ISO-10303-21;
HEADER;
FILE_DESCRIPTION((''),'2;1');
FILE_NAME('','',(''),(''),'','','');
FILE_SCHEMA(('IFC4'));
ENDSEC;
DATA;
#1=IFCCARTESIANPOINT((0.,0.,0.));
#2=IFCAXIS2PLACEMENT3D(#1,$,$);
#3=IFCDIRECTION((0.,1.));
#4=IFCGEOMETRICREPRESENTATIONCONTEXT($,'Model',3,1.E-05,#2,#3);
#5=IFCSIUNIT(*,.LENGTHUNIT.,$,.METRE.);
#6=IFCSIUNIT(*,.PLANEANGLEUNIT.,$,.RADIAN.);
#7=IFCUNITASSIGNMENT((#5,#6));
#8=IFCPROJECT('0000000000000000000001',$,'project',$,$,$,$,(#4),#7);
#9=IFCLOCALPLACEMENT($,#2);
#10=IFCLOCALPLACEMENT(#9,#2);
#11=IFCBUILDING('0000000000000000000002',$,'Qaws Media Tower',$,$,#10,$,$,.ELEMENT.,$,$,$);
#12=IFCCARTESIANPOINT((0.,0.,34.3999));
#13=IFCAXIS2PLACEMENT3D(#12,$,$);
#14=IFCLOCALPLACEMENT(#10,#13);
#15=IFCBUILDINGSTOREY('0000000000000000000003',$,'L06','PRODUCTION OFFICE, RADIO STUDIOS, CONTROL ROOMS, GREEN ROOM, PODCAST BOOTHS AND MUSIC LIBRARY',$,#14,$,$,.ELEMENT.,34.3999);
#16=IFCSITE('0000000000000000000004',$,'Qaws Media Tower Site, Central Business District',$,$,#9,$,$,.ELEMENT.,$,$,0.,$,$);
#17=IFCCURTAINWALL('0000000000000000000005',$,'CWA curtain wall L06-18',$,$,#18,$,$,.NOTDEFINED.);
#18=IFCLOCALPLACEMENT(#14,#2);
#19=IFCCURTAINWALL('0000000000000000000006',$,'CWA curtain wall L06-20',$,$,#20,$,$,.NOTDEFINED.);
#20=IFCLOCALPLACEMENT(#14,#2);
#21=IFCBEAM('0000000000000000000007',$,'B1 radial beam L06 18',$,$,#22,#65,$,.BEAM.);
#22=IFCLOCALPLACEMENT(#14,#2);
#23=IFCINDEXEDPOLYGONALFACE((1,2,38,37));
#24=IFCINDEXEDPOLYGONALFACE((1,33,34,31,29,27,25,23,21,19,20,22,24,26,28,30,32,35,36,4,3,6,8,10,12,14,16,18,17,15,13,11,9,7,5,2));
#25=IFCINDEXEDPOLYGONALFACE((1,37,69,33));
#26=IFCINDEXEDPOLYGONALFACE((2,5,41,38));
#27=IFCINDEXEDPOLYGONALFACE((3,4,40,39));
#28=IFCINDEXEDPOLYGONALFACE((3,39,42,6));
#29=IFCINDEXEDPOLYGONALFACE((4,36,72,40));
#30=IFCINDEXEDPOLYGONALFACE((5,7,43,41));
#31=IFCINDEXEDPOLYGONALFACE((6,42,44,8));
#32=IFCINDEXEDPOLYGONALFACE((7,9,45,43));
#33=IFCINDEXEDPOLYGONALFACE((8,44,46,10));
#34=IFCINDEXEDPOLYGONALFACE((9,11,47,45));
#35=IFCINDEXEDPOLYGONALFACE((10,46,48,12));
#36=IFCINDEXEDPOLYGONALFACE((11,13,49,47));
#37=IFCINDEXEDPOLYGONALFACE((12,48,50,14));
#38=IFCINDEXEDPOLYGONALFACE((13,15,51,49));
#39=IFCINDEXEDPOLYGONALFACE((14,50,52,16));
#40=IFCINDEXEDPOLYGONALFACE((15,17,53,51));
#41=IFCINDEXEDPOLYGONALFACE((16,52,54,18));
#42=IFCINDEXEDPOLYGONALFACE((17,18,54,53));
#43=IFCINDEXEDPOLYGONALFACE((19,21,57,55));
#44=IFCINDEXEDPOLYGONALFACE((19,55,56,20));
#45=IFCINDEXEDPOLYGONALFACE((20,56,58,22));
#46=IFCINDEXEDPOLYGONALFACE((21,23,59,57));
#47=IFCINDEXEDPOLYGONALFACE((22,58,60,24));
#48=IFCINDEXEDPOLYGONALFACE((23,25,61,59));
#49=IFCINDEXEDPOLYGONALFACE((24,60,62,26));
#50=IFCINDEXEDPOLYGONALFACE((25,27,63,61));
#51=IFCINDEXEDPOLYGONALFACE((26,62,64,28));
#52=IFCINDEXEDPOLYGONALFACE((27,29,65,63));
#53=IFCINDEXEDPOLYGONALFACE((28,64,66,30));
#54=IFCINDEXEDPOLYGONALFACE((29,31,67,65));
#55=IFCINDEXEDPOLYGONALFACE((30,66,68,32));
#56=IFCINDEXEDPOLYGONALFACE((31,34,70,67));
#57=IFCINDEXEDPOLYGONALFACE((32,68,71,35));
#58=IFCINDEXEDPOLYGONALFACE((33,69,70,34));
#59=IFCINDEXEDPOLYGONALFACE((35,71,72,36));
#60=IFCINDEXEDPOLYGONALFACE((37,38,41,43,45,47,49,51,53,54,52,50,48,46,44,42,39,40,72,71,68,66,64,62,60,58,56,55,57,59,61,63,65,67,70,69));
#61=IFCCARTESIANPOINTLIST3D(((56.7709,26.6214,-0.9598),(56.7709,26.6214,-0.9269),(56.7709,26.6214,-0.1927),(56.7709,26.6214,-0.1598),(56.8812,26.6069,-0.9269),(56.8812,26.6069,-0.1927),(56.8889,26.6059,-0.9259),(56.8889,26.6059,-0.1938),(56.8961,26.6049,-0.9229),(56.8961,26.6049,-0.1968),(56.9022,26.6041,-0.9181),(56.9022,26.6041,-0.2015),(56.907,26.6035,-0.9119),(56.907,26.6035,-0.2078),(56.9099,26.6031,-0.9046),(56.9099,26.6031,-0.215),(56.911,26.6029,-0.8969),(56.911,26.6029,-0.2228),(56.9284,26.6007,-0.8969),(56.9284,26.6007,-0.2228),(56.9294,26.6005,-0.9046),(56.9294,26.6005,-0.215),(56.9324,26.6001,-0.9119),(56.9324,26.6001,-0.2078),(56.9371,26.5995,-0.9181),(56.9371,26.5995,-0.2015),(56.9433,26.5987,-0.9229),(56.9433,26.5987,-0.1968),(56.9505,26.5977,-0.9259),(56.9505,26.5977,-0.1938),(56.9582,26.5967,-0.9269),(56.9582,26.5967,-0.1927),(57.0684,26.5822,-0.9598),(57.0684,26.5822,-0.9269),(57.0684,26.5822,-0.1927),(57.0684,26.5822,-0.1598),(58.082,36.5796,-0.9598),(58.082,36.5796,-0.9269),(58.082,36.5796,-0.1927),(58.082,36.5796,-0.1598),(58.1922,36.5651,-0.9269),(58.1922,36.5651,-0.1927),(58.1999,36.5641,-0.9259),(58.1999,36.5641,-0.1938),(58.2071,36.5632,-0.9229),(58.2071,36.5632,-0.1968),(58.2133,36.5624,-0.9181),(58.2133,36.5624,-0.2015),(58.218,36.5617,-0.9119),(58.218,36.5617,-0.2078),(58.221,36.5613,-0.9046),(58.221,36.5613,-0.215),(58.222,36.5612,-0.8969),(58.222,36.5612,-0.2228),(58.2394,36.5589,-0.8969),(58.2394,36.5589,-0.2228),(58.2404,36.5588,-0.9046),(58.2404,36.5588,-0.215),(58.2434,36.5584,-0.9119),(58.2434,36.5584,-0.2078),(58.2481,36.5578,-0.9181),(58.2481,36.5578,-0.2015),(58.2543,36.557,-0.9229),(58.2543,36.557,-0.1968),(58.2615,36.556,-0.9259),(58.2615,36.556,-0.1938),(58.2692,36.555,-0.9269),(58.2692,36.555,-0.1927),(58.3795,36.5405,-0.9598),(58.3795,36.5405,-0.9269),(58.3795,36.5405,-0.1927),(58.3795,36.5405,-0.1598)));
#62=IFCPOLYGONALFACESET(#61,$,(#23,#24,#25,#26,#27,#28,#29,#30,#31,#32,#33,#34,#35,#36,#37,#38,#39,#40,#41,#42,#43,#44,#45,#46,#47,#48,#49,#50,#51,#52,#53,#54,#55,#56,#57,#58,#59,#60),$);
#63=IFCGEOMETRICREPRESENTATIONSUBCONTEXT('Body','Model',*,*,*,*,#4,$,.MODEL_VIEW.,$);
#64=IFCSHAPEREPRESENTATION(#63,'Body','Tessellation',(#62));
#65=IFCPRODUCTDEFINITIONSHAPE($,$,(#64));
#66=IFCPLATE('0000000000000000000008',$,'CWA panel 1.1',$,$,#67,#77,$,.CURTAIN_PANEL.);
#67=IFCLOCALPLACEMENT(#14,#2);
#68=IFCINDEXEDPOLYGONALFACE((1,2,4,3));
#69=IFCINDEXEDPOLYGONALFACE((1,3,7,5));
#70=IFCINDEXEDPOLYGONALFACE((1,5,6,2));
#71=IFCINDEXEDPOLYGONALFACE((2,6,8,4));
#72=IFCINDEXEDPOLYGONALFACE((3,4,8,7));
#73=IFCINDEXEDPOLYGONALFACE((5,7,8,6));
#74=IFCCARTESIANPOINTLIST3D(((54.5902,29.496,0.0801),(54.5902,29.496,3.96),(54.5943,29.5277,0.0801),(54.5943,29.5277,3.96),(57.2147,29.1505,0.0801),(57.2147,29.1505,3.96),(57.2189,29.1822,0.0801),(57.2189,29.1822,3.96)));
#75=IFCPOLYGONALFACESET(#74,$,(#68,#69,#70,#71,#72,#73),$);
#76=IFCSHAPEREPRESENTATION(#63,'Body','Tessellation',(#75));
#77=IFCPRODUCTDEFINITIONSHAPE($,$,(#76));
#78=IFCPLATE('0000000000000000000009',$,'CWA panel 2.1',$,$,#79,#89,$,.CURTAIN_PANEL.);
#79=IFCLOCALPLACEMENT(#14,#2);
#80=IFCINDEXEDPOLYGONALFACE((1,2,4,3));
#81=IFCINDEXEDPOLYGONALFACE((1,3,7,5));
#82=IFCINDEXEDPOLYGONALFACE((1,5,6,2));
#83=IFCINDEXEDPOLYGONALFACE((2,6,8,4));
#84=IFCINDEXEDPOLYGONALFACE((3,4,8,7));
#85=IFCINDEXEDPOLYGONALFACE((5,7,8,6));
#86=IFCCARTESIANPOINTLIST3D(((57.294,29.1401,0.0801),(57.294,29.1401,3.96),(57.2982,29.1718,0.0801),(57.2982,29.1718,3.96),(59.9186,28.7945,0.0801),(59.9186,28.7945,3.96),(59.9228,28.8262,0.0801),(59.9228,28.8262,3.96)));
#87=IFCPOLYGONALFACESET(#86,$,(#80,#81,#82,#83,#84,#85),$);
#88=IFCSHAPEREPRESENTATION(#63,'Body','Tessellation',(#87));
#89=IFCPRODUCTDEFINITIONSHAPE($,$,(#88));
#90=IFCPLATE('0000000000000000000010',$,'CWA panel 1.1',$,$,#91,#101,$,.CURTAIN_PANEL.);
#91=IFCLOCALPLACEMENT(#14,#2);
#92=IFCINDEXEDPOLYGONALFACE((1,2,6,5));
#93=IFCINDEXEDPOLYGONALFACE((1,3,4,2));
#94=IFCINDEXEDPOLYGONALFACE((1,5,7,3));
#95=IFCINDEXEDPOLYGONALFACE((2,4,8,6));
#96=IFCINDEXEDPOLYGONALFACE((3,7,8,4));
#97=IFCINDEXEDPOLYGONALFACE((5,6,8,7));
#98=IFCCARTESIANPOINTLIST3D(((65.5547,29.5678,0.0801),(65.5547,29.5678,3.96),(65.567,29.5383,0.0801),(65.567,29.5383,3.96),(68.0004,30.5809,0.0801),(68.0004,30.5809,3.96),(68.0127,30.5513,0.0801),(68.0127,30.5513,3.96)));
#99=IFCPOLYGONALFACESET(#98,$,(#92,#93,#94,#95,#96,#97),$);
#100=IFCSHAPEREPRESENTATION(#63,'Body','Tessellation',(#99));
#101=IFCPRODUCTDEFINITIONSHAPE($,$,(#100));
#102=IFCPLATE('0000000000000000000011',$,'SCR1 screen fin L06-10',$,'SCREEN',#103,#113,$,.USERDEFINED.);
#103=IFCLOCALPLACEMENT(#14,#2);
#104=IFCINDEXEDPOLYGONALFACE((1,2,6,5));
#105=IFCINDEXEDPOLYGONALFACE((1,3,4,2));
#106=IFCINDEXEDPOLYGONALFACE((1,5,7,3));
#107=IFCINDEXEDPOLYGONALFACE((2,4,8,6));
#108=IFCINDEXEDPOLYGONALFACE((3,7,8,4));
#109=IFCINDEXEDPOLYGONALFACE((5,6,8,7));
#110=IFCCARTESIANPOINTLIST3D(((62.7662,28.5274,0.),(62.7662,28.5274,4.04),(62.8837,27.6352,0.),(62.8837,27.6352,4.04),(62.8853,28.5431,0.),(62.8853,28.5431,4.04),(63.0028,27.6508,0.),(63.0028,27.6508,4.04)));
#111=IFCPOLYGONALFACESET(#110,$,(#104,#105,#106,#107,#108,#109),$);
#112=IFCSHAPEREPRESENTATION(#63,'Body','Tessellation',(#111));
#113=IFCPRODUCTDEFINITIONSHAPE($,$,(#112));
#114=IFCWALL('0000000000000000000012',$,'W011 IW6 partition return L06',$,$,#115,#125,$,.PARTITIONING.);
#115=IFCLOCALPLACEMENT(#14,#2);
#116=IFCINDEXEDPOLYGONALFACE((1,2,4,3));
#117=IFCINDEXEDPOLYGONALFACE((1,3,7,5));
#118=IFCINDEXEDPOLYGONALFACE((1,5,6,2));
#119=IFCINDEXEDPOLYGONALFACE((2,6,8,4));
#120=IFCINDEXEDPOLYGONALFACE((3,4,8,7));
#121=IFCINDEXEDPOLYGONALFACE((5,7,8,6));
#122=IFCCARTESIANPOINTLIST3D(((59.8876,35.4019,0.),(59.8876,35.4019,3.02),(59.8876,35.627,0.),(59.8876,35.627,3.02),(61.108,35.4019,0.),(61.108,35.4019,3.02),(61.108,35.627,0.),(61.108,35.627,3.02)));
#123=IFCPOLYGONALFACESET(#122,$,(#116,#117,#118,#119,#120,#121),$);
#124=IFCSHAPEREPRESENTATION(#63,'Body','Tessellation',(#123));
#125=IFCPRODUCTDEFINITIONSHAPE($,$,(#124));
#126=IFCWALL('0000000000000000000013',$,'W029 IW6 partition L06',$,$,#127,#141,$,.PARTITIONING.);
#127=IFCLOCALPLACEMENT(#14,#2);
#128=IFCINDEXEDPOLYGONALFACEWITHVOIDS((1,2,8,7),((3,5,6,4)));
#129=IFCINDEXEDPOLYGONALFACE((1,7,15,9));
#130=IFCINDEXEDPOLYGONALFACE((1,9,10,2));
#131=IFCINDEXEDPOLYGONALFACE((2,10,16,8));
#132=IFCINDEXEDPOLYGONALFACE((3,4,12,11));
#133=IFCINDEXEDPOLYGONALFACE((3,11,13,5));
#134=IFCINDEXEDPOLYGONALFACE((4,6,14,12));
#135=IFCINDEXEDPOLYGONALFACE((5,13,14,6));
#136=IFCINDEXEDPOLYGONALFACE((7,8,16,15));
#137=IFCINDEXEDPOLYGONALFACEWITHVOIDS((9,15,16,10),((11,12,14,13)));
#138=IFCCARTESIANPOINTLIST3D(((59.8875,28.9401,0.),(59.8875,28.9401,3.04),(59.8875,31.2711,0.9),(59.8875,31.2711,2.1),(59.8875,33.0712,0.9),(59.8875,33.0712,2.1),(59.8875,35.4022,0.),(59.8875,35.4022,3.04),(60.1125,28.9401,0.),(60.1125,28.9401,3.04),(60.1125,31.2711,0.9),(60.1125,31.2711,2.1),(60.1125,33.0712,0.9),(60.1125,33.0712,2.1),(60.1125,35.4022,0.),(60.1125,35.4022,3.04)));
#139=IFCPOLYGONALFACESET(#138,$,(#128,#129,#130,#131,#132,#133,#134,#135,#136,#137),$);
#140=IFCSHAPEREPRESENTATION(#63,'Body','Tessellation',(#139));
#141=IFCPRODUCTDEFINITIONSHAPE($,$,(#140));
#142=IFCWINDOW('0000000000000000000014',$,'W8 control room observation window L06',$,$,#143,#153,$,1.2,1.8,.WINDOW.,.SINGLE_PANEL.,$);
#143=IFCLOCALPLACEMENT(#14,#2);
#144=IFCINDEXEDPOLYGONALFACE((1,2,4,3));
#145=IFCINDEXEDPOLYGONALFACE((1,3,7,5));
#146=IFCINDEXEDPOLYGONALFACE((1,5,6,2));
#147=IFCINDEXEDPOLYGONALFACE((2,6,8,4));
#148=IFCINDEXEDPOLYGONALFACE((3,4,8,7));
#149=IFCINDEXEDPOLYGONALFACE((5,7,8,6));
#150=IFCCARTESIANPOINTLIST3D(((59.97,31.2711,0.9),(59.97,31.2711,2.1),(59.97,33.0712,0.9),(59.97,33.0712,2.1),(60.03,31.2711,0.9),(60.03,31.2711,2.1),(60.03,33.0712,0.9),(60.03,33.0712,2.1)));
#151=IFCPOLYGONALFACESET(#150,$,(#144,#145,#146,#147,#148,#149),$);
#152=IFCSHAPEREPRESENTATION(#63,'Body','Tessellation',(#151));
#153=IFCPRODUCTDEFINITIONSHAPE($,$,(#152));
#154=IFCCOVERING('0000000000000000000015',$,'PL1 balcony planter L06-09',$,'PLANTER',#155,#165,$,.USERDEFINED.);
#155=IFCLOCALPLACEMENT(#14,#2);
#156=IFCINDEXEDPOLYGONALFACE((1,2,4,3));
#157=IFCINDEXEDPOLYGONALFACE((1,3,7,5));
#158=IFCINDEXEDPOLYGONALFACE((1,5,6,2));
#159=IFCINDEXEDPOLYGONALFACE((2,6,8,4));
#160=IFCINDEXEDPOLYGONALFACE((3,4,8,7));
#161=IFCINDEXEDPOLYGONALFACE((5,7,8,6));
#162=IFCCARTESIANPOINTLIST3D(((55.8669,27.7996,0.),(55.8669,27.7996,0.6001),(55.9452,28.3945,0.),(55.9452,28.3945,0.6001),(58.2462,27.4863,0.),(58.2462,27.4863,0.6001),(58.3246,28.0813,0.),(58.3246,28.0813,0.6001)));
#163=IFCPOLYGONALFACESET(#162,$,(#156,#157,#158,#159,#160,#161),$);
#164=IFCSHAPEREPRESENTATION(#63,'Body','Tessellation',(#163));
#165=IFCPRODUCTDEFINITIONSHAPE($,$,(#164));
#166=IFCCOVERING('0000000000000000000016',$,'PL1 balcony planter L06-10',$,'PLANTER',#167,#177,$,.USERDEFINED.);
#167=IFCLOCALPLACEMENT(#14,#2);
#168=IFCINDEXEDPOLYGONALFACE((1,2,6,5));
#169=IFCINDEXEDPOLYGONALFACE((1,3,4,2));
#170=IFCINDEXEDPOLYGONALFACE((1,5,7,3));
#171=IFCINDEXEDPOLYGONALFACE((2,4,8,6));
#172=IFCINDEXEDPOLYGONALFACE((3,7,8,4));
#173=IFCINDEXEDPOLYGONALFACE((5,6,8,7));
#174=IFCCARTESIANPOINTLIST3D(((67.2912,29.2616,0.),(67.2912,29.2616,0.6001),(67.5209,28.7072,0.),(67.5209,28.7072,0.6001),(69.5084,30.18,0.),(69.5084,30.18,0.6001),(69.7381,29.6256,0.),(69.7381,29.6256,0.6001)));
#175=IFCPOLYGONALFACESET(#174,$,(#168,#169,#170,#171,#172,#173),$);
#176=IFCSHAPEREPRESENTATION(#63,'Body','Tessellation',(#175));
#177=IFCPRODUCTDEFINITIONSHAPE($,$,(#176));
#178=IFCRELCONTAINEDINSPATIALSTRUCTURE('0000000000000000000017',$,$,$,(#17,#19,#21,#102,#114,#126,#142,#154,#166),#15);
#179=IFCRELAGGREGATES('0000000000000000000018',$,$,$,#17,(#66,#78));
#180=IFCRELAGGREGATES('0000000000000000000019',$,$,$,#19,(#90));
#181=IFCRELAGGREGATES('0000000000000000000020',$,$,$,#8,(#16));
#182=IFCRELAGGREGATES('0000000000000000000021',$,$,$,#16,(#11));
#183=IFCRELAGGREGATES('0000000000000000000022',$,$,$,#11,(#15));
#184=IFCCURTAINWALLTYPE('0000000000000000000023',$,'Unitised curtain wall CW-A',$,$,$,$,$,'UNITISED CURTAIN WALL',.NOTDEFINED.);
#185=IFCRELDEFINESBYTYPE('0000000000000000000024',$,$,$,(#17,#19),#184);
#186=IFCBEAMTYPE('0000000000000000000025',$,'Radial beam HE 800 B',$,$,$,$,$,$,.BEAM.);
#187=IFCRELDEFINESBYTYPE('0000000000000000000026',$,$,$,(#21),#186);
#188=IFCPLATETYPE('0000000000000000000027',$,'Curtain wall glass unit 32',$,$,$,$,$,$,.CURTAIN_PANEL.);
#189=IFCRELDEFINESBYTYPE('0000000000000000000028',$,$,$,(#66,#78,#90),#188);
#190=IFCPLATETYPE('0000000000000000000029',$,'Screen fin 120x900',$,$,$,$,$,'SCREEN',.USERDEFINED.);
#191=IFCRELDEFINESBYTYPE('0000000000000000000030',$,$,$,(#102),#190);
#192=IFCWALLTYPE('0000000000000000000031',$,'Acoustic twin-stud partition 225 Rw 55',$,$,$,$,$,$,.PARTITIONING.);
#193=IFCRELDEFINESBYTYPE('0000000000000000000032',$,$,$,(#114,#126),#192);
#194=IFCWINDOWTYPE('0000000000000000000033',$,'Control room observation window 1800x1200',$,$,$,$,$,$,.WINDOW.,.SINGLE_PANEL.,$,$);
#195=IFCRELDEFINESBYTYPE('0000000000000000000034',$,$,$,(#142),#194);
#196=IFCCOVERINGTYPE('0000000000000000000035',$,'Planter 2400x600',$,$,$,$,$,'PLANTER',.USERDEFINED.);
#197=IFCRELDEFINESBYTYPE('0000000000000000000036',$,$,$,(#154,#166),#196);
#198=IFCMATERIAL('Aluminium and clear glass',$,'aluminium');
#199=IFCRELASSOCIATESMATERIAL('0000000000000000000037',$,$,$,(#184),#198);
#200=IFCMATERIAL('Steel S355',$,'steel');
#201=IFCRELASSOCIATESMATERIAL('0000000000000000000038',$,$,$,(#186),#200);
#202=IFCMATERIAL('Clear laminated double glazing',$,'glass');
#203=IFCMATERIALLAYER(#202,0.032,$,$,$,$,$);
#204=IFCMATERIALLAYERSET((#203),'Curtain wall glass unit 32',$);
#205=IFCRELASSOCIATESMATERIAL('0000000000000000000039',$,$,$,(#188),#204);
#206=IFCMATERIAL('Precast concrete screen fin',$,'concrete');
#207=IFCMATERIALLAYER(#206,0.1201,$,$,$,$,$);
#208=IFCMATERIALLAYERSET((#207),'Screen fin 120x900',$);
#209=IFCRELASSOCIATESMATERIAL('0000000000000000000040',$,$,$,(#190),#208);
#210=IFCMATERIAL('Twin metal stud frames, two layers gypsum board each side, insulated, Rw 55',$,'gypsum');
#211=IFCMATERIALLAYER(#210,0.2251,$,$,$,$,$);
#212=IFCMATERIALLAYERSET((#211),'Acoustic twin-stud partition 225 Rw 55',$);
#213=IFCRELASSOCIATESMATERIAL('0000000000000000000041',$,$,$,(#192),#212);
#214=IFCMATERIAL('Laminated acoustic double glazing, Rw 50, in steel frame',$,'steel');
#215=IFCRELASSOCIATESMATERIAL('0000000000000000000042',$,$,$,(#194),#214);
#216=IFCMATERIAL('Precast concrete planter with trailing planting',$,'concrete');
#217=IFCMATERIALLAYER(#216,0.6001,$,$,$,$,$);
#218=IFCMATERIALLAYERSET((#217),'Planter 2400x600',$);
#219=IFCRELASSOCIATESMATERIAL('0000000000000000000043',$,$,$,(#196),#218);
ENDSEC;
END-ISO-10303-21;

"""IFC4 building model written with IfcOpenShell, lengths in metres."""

from ifc_helpers import new_model, si_unit, direction, frame, frame_2d, origin, origin_2d, place, context, subcontext, project, spatial, rectangle, i_section, extrude, material, layer, layer_set, material_profile, profile_set, type_object, element, fill, aggregate, save


model = new_model("IFC4")

# Units and contexts
model_context = context("Model", 3, precision=1e-05, world=origin(), true_north=direction((0.0, 1.0)))
body_context = subcontext(model_context, "Body", "Model", "MODEL_VIEW")
ifc_project = project(units=[si_unit("LENGTHUNIT", "METRE"), si_unit("PLANEANGLEUNIT", "RADIAN")], contexts=[model_context])

# Site, building, storey
site_placement = place(None, origin())
site = spatial("IfcSite", under=ifc_project, at=site_placement, Name="Qaws Media Tower Site, Central Business District", CompositionType="ELEMENT", RefElevation=0.0)
building_placement = place(site_placement, origin())
building = spatial("IfcBuilding", under=site, at=building_placement, Name="Qaws Media Tower", CompositionType="ELEMENT")
storey_placement = place(building_placement, frame((0.0, 0.0, 34.3999)))
storey = spatial("IfcBuildingStorey", under=building, at=storey_placement, Name="L06", Description="PRODUCTION OFFICE, RADIO STUDIOS, CONTROL ROOMS, GREEN ROOM, PODCAST BOOTHS AND MUSIC LIBRARY", CompositionType="ELEMENT", Elevation=34.3999)

# Curtain walls
ifc_material_1 = material(Name="Aluminium and clear glass", Category="aluminium")
curtain_wall_type = type_object("IfcCurtainWallType", Name="Unitised curtain wall CW-A", ElementType="UNITISED CURTAIN WALL", PredefinedType="NOTDEFINED", material=ifc_material_1)
curtain_wall_1_placement = place(storey_placement, origin())
curtain_wall_1 = element("IfcCurtainWall", 1, at=curtain_wall_1_placement, inside=storey, type_object=curtain_wall_type, Name="CWA curtain wall L06-18", PredefinedType="NOTDEFINED")
curtain_wall_2_placement = place(storey_placement, origin())
curtain_wall_2 = element("IfcCurtainWall", 2, at=curtain_wall_2_placement, inside=storey, type_object=curtain_wall_type, Name="CWA curtain wall L06-20", PredefinedType="NOTDEFINED")

# Beam
ifc_material_2 = material(Name="Steel S355", Category="steel")
ifc_material_profile_1 = material_profile(ifc_material_2, i_section(OverallWidth=0.3, OverallDepth=0.8, WebThickness=0.0176, FlangeThickness=0.033, FilletRadius=0.03, at=origin_2d()), Name="HE 800 B")
ifc_profile_set_1 = profile_set([ifc_material_profile_1], Name="Steel S355")
beam_type_1 = type_object("IfcBeamType", Name="Radial beam HE 800 B", PredefinedType="BEAM", material=ifc_profile_set_1)
beam_1_placement = place(storey_placement, frame((58.2307, 36.5601, -0.5598), z_axis=(-0.130527, -0.991445, 0.0), x_axis=(0.991445, -0.130527, 0.0)))
element("IfcBeam", 3, at=beam_1_placement, inside=storey, type_object=beam_type_1, Name="B1 radial beam L06 18", PredefinedType="BEAM", context=body_context, shape_type="SweptSolid", body=[
    extrude(i_section(OverallWidth=0.3, OverallDepth=0.8, WebThickness=0.0176, FlangeThickness=0.033, FilletRadius=0.03, at=origin_2d()), origin(), (0.0, 0.0, 1.0), 10.0442),
])

# Plates
ifc_material_3 = material(Name="Clear laminated double glazing", Category="glass")
ifc_layer_1 = layer(ifc_material_3, 0.032)
ifc_layer_set_1 = layer_set([ifc_layer_1], Name="Curtain wall glass unit 32")
plate_type_1 = type_object("IfcPlateType", Name="Curtain wall glass unit 32", PredefinedType="CURTAIN_PANEL", material=ifc_layer_set_1)
plate_1_placement = place(storey_placement, frame((55.9045, 29.3391, 0.0801), z_axis=(0.0, 0.0, 1.0), x_axis=(0.991445, -0.130526, 0.0)))
plate_1 = element("IfcPlate", 4, at=plate_1_placement, type_object=plate_type_1, Name="CWA panel 1.1", PredefinedType="CURTAIN_PANEL", context=body_context, shape_type="SweptSolid", body=[
    extrude(rectangle(XDim=2.6472, YDim=0.032, at=origin_2d()), origin(), (0.0, 0.0, 1.0), 3.8799),
])
plate_2_placement = place(storey_placement, frame((58.6084, 28.9832, 0.0801), z_axis=(0.0, 0.0, 1.0), x_axis=(0.991445, -0.130526, 0.0)))
plate_2 = element("IfcPlate", 5, at=plate_2_placement, type_object=plate_type_1, Name="CWA panel 2.1", PredefinedType="CURTAIN_PANEL", context=body_context, shape_type="SweptSolid", body=[
    extrude(rectangle(XDim=2.6472, YDim=0.032, at=origin_2d()), origin(), (0.0, 0.0, 1.0), 3.8799),
])
aggregate(curtain_wall_1, [plate_1, plate_2])
plate_3_placement = place(storey_placement, frame((66.7837, 30.0596, 0.0801), z_axis=(0.0, 0.0, 1.0), x_axis=(0.92388, 0.382683, 0.0)))
plate_3 = element("IfcPlate", 6, at=plate_3_placement, type_object=plate_type_1, Name="CWA panel 1.1", PredefinedType="CURTAIN_PANEL", context=body_context, shape_type="SweptSolid", body=[
    extrude(rectangle(XDim=2.6472, YDim=0.032, at=origin_2d()), origin(), (0.0, 0.0, 1.0), 3.8799),
])
aggregate(curtain_wall_2, [plate_3])
ifc_material_4 = material(Name="Precast concrete screen fin", Category="concrete")
ifc_layer_2 = layer(ifc_material_4, 0.1201)
ifc_layer_set_2 = layer_set([ifc_layer_2], Name="Screen fin 120x900")
plate_type_2 = type_object("IfcPlateType", Name="Screen fin 120x900", ElementType="SCREEN", PredefinedType="USERDEFINED", material=ifc_layer_set_2)
plate_4_placement = place(storey_placement, frame((62.8845, 28.0891, 0.0), z_axis=(0.0, 0.0, 1.0), x_axis=(0.130526, -0.991445, 0.0)))
element("IfcPlate", 7, at=plate_4_placement, inside=storey, type_object=plate_type_2, Name="SCR1 screen fin L06-10", ObjectType="SCREEN", PredefinedType="USERDEFINED", context=body_context, shape_type="SweptSolid", body=[
    extrude(rectangle(XDim=0.8999, YDim=0.1201, at=origin_2d()), origin(), (0.0, 0.0, 1.0), 4.04),
])

# Wall
ifc_material_5 = material(Name="Twin metal stud frames, two layers gypsum board each side, insulated, Rw 55", Category="gypsum")
ifc_layer_3 = layer(ifc_material_5, 0.2251)
ifc_layer_set_3 = layer_set([ifc_layer_3], Name="Acoustic twin-stud partition 225 Rw 55")
wall_type_1 = type_object("IfcWallType", Name="Acoustic twin-stud partition 225 Rw 55", PredefinedType="PARTITIONING", material=ifc_layer_set_3)
wall_1_placement = place(storey_placement, frame((59.8875, 35.5144, 0.0), z_axis=(0.0, 0.0, 1.0), x_axis=(1.0, 0.0, 0.0)))
element("IfcWall", 8, at=wall_1_placement, inside=storey, type_object=wall_type_1, Name="W011 IW6 partition return L06", PredefinedType="PARTITIONING", context=body_context, shape_type="SweptSolid", body=[
    extrude(rectangle(XDim=1.2205, YDim=0.2251, at=frame_2d((0.6104, 0.0))), origin(), (0.0, 0.0, 1.0), 3.02),
])

# Wall, opening, window
wall_2_placement = place(storey_placement, frame((60.0, 35.4021, 0.0), z_axis=(0.0, 0.0, 1.0), x_axis=(0.0, -1.0, 0.0)))
wall_2 = element("IfcWall", 9, at=wall_2_placement, inside=storey, type_object=wall_type_1, Name="W029 IW6 partition L06", PredefinedType="PARTITIONING", context=body_context, shape_type="SweptSolid", body=[
    extrude(rectangle(XDim=6.4622, YDim=0.2251, at=frame_2d((3.231, 0.0))), origin(), (0.0, 0.0, 1.0), 3.04),
])
opening_1_placement = place(wall_2_placement, frame((2.3311, 0.0, 0.8999)))
opening_1 = element("IfcOpeningElement", 10, at=opening_1_placement, cuts=wall_2, PredefinedType="OPENING", context=body_context, shape_type="SweptSolid", body=[
    extrude(rectangle(XDim=1.8, YDim=1.2, at=frame_2d((0.8999, 0.6001))), frame((0.0, 0.1226, 0.0), z_axis=(0.0, -1.0, 0.0), x_axis=(1.0, 0.0, 0.0)), (0.0, 0.0, 1.0), 0.2451),
])
ifc_material_6 = material(Name="Laminated acoustic double glazing, Rw 50, in steel frame", Category="steel")
window_type_1 = type_object("IfcWindowType", Name="Control room observation window 1800x1200", PartitioningType="SINGLE_PANEL", PredefinedType="WINDOW", material=ifc_material_6)
window_1_placement = place(opening_1_placement, origin())
window_1 = element("IfcWindow", 11, at=window_1_placement, inside=storey, type_object=window_type_1, Name="W8 control room observation window L06", OverallHeight=1.2, OverallWidth=1.8, PartitioningType="SINGLE_PANEL", PredefinedType="WINDOW", context=body_context, shape_type="SweptSolid", body=[
    extrude(rectangle(XDim=1.8, YDim=1.2, at=frame_2d((0.8999, 0.6001))), frame((0.0, 0.03, 0.0), z_axis=(0.0, -1.0, 0.0), x_axis=(1.0, 0.0, 0.0)), (0.0, 0.0, 1.0), 0.0601),
])
fill(opening_1, window_1)

# Coverings
ifc_material_7 = material(Name="Precast concrete planter with trailing planting", Category="concrete")
ifc_layer_4 = layer(ifc_material_7, 0.6001)
ifc_layer_set_4 = layer_set([ifc_layer_4], Name="Planter 2400x600")
covering_type = type_object("IfcCoveringType", Name="Planter 2400x600", ElementType="PLANTER", PredefinedType="USERDEFINED", material=ifc_layer_set_4)
for number, where, z_axis, x_axis, name in (
    (12, (57.0957, 27.9404, 0.0), (0.0, 0.0, 1.0), (0.991445, -0.130526, 0.0), "PL1 balcony planter L06-09"),
    (13, (68.5146, 29.4436, 0.0), (0.0, 0.0, 1.0), (0.92388, 0.382683, 0.0), "PL1 balcony planter L06-10"),
):
    element("IfcCovering", number, at=place(storey_placement, frame(where, z_axis=z_axis, x_axis=x_axis)), inside=storey, type_object=covering_type, Name=name, ObjectType="PLANTER", PredefinedType="USERDEFINED", context=body_context, shape_type="SweptSolid", body=[
        extrude(rectangle(XDim=2.3999, YDim=0.6001, at=origin_2d()), origin(), (0.0, 0.0, 1.0), 0.6001),
    ])

save(model, "model.ifc")
